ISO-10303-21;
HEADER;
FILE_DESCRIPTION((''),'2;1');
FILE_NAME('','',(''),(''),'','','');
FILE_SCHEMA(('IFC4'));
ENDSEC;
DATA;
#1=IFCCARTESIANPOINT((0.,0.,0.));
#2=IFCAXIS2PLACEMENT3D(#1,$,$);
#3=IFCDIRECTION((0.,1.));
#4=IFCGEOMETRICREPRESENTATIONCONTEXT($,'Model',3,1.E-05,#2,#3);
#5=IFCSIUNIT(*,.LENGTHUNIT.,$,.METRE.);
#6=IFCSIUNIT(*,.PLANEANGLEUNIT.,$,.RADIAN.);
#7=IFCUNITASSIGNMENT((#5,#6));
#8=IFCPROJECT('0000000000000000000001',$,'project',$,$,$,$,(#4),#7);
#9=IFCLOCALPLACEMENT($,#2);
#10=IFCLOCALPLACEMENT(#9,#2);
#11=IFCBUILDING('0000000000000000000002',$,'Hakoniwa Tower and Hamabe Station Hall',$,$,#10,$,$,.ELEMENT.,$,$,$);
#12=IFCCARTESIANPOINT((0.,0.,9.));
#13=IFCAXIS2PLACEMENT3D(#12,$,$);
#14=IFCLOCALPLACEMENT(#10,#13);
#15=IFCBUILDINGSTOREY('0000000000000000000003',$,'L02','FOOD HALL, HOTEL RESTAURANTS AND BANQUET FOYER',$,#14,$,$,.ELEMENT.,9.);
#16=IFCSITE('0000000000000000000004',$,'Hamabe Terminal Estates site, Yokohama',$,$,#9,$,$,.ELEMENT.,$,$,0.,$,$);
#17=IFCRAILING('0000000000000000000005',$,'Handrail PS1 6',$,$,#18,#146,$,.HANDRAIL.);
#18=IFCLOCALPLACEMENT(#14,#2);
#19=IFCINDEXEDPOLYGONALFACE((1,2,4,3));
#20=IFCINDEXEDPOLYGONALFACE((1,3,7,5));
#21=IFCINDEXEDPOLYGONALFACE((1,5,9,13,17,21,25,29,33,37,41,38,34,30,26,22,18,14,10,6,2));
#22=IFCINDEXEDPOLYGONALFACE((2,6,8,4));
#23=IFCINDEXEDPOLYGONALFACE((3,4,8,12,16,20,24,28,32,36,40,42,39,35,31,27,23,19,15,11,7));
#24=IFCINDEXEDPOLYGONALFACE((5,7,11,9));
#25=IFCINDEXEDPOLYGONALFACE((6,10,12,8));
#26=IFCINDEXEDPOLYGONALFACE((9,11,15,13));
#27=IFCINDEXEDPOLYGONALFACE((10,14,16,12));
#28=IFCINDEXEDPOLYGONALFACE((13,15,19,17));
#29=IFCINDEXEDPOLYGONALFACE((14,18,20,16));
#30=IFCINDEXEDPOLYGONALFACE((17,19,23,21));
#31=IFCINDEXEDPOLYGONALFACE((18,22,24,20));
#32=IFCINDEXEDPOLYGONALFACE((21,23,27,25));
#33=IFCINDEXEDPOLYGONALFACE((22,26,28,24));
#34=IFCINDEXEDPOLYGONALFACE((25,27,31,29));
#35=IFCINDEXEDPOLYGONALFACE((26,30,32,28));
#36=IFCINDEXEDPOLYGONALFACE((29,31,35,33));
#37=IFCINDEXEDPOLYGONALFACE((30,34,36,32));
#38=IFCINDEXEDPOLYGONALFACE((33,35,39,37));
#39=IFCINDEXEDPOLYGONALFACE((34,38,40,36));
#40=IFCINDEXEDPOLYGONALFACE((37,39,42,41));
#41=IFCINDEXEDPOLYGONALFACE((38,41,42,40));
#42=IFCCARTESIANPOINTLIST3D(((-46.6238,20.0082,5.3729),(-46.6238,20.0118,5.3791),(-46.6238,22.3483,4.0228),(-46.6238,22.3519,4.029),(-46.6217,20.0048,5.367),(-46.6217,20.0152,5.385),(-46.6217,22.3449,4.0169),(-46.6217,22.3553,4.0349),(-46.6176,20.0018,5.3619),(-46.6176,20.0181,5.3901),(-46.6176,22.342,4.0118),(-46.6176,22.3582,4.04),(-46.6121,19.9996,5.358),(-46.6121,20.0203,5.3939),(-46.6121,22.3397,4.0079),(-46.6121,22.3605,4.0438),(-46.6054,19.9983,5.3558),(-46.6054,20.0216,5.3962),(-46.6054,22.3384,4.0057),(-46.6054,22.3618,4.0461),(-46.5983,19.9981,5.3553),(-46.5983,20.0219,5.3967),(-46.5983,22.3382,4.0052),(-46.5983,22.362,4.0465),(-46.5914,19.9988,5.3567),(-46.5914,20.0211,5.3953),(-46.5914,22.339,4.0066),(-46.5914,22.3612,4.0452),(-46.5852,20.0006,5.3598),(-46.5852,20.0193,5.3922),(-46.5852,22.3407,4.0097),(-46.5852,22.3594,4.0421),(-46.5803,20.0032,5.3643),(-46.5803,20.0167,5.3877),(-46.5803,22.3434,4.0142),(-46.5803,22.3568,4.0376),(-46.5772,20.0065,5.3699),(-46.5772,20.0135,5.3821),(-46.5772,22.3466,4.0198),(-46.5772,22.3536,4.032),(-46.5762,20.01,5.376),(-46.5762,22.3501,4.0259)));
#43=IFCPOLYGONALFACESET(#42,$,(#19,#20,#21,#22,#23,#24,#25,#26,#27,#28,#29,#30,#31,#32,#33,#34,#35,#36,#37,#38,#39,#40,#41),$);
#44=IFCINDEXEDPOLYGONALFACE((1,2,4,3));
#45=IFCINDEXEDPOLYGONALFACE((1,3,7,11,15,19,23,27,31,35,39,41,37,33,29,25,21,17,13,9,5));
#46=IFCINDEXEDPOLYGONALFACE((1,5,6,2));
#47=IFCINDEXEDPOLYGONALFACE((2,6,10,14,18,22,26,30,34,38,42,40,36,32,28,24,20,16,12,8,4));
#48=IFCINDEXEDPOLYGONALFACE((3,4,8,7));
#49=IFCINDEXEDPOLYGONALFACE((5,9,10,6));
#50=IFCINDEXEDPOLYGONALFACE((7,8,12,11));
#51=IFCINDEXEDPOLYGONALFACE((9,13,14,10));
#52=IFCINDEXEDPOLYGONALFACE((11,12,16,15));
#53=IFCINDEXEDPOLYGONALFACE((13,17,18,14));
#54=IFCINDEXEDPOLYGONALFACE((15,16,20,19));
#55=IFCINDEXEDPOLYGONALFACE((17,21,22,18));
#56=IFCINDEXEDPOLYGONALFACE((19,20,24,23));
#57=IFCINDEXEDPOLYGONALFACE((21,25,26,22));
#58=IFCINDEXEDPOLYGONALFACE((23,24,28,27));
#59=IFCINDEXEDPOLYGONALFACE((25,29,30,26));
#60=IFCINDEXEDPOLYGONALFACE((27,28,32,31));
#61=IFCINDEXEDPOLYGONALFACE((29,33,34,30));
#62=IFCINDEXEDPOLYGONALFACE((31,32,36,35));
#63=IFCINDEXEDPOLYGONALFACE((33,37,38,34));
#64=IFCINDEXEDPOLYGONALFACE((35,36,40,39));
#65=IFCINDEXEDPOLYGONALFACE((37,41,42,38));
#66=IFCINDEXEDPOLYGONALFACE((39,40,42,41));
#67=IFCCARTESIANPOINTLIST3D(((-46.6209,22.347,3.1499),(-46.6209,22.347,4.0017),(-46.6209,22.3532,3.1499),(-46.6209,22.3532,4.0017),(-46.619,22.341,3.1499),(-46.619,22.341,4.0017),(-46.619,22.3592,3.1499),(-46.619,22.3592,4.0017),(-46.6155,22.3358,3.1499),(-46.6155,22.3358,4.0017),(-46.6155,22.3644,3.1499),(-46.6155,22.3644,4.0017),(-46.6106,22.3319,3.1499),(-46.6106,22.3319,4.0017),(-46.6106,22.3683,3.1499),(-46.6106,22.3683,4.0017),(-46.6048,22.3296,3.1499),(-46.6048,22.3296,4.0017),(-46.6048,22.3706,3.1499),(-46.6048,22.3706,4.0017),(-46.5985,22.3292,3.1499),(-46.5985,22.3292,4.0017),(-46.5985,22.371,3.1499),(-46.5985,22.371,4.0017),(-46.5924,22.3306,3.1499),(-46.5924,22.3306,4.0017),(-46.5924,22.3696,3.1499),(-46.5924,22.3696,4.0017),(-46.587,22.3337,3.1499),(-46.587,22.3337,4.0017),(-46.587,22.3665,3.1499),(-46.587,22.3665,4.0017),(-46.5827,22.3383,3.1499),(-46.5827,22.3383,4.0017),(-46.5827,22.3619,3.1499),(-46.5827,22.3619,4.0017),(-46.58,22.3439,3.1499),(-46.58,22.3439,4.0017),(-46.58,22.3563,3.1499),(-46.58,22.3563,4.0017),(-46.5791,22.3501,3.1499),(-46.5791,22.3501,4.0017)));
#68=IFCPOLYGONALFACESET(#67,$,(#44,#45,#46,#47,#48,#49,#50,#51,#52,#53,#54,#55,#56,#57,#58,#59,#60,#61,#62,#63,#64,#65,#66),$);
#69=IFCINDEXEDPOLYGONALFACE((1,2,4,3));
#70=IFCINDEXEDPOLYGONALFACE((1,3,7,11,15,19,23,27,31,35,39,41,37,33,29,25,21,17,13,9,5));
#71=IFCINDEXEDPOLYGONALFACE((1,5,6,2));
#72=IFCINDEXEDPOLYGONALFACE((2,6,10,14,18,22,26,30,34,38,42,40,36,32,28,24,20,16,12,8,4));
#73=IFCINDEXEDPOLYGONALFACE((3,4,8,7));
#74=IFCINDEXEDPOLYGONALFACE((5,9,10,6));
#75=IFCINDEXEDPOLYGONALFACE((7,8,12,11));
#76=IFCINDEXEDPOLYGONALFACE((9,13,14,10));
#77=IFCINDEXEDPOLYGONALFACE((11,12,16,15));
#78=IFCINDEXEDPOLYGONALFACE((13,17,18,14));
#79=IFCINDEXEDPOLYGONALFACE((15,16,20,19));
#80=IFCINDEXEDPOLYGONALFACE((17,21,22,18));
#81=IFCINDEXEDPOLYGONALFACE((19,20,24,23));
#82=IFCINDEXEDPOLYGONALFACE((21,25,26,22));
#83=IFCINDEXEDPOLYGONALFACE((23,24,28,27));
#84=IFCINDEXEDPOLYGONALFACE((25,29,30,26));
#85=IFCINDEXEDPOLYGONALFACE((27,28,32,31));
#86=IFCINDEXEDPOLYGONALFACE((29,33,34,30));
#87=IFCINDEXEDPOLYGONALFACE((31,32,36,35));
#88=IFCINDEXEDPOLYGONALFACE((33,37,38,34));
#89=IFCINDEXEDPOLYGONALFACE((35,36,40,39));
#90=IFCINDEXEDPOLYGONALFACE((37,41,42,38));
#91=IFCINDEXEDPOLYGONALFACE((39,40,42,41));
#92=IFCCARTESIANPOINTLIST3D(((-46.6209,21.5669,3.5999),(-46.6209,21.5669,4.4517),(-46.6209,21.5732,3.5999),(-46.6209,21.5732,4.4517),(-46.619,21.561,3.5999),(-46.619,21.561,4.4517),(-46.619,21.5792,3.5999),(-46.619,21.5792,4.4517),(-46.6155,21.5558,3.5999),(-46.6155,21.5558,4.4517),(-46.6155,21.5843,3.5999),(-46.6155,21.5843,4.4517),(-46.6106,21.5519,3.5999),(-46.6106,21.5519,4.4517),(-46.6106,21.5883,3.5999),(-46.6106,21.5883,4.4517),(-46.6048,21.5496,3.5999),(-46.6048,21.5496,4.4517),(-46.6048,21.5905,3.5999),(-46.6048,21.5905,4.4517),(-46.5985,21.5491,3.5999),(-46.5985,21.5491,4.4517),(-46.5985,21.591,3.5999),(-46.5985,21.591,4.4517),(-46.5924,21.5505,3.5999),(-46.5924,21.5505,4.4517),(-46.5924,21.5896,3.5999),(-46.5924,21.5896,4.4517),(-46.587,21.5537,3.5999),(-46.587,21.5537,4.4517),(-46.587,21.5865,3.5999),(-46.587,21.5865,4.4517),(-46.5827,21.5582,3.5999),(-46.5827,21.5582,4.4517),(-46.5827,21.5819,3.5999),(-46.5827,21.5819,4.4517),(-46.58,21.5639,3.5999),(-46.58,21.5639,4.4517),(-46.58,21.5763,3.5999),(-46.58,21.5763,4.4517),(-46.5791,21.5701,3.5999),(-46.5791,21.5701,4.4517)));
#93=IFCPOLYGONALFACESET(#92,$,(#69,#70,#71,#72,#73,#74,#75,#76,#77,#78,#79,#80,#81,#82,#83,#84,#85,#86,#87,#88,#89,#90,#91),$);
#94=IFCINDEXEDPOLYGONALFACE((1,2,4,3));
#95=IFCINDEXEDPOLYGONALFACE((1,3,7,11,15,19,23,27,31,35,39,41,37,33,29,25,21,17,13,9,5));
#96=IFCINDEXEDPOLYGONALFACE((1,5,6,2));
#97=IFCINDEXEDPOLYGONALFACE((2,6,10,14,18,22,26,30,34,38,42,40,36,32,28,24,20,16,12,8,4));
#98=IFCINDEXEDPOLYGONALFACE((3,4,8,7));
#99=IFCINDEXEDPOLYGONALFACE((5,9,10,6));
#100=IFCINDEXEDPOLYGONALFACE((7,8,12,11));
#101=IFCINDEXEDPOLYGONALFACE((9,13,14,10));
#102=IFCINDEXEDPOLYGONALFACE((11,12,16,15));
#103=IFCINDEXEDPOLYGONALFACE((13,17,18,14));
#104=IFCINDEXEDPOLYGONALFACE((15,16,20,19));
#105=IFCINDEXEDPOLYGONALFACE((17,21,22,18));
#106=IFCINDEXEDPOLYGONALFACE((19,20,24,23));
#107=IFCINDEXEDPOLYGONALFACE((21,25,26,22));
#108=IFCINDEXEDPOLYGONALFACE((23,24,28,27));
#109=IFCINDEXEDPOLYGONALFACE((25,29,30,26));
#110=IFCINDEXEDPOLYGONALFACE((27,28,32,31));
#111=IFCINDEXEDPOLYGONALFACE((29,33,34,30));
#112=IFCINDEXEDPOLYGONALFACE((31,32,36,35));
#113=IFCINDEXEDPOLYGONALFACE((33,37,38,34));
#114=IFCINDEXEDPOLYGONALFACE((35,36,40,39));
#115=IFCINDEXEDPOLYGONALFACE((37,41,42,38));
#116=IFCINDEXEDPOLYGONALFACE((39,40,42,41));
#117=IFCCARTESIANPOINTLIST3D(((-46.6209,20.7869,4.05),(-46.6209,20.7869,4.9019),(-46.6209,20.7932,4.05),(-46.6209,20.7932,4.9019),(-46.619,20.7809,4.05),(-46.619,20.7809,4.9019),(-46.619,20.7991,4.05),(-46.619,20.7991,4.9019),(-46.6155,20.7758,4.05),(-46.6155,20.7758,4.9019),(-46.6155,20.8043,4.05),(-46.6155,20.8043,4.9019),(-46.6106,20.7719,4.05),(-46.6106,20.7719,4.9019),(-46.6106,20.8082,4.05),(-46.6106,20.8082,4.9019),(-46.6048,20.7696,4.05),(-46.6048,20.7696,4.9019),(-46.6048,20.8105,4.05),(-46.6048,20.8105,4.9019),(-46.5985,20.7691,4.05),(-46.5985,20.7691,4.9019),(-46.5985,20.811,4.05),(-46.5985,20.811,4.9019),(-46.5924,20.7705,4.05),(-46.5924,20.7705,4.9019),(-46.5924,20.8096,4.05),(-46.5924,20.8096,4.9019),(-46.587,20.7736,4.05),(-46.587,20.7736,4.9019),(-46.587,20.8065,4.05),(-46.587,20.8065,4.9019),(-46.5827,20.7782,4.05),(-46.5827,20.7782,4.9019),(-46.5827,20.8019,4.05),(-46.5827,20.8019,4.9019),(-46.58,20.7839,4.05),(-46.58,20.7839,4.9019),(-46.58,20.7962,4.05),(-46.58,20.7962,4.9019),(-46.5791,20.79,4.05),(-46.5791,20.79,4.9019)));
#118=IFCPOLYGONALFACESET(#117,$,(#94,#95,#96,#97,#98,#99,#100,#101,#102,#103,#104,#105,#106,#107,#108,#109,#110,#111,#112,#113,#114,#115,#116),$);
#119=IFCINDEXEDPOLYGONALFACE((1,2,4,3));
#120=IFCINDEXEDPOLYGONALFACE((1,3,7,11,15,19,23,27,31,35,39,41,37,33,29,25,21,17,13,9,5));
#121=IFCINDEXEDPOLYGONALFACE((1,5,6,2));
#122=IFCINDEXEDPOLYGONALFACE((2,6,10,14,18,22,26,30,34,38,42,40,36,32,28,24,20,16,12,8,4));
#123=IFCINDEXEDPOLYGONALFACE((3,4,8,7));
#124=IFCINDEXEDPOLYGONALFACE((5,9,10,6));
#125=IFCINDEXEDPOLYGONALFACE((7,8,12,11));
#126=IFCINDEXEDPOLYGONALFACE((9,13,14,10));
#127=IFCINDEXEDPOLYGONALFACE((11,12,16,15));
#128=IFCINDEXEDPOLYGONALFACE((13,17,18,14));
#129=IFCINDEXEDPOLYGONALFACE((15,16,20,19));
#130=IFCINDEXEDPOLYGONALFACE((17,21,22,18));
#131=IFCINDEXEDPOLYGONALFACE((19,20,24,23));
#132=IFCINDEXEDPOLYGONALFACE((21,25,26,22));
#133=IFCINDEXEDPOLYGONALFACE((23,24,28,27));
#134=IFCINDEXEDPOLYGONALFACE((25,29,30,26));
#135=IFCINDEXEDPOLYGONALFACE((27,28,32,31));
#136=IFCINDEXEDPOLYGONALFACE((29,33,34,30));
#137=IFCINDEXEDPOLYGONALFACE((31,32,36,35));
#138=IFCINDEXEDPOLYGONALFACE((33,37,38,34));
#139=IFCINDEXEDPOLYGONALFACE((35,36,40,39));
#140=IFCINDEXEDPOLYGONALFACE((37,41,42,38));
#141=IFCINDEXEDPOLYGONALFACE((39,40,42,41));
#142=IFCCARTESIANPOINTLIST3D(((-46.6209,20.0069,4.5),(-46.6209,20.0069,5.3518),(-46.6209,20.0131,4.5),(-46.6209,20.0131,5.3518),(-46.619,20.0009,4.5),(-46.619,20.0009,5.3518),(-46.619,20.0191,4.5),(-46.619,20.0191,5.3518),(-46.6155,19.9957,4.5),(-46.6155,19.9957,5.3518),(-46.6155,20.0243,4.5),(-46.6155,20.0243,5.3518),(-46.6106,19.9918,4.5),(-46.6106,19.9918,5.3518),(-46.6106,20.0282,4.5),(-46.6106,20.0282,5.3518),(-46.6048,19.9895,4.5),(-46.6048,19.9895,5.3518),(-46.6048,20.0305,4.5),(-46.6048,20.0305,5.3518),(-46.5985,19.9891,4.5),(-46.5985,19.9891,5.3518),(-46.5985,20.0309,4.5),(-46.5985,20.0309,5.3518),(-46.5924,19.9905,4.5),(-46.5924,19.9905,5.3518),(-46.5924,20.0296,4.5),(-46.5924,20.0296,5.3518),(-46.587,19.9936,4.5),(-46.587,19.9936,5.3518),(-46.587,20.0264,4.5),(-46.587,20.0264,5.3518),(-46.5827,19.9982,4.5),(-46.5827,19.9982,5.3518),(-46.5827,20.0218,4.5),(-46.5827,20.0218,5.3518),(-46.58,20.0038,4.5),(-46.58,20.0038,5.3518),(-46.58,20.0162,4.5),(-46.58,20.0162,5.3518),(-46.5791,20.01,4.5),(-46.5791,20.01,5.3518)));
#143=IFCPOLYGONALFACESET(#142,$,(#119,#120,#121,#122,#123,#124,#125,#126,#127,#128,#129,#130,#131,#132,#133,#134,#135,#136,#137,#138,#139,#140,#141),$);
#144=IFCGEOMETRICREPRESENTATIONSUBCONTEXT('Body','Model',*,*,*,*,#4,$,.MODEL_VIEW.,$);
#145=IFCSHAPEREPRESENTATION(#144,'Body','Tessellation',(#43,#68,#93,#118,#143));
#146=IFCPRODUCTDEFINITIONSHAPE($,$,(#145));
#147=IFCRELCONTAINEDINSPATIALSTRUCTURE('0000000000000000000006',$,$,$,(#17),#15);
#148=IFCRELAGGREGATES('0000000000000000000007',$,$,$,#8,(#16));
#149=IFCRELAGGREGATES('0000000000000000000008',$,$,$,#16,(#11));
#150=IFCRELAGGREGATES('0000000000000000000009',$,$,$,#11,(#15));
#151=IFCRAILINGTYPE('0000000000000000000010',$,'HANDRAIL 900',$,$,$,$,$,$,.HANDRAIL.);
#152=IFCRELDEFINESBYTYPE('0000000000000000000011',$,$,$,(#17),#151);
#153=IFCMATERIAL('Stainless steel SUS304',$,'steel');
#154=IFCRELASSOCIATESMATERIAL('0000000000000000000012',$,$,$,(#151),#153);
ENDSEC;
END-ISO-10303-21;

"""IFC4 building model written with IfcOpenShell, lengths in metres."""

from ifc_helpers import new_model, si_unit, direction, frame, origin, origin_2d, place, context, subcontext, project, spatial, circle, extrude, material, type_object, element, save


model = new_model("IFC4")

# Units and contexts
model_context = context("Model", 3, precision=1e-05, world=origin(), true_north=direction((0.0, 1.0)))
body_context = subcontext(model_context, "Body", "Model", "MODEL_VIEW")
ifc_project = project(units=[si_unit("LENGTHUNIT", "METRE"), si_unit("PLANEANGLEUNIT", "RADIAN")], contexts=[model_context])

# Site, building, storey
site_placement = place(None, origin())
site = spatial("IfcSite", under=ifc_project, at=site_placement, Name="Hamabe Terminal Estates site, Yokohama", CompositionType="ELEMENT", RefElevation=0.0)
building_placement = place(site_placement, origin())
building = spatial("IfcBuilding", under=site, at=building_placement, Name="Hakoniwa Tower and Hamabe Station Hall", CompositionType="ELEMENT")
storey_placement = place(building_placement, frame((0.0, 0.0, 9.0)))
storey = spatial("IfcBuildingStorey", under=building, at=storey_placement, Name="L02", Description="FOOD HALL, HOTEL RESTAURANTS AND BANQUET FOYER", CompositionType="ELEMENT", Elevation=9.0)

# Railing
ifc_material_1 = material(Name="Stainless steel SUS304", Category="steel")
railing_type_1 = type_object("IfcRailingType", Name="HANDRAIL 900", PredefinedType="HANDRAIL", material=ifc_material_1)
for number, where, name in (
    (1, (-46.6001, 22.3501, 3.1499), "Handrail PS1 6"),
):
    element("IfcRailing", number, at=place(storey_placement, frame(where)), inside=storey, type_object=railing_type_1, Name=name, PredefinedType="HANDRAIL", context=body_context, shape_type="SweptSolid", body=[
        extrude(circle(Radius=0.0239, at=origin_2d()), frame((0.0, 0.0, 0.876), z_axis=(0.0, -0.866178, 0.499735), x_axis=(1.0, 0.0, 0.0)), (0.0, 0.0, 1.0), 2.7017),
        extrude(circle(Radius=0.021, at=origin_2d()), origin(), (0.0, 0.0, 1.0), 0.8518),
        extrude(circle(Radius=0.021, at=origin_2d()), frame((0.0, -0.78, 0.45)), (0.0, 0.0, 1.0), 0.8518),
        extrude(circle(Radius=0.021, at=origin_2d()), frame((0.0, -1.5601, 0.9001)), (0.0, 0.0, 1.0), 0.8518),
        extrude(circle(Radius=0.021, at=origin_2d()), frame((0.0, -2.3401, 1.3501)), (0.0, 0.0, 1.0), 0.8518),
    ])

save(model, "model.ifc")
